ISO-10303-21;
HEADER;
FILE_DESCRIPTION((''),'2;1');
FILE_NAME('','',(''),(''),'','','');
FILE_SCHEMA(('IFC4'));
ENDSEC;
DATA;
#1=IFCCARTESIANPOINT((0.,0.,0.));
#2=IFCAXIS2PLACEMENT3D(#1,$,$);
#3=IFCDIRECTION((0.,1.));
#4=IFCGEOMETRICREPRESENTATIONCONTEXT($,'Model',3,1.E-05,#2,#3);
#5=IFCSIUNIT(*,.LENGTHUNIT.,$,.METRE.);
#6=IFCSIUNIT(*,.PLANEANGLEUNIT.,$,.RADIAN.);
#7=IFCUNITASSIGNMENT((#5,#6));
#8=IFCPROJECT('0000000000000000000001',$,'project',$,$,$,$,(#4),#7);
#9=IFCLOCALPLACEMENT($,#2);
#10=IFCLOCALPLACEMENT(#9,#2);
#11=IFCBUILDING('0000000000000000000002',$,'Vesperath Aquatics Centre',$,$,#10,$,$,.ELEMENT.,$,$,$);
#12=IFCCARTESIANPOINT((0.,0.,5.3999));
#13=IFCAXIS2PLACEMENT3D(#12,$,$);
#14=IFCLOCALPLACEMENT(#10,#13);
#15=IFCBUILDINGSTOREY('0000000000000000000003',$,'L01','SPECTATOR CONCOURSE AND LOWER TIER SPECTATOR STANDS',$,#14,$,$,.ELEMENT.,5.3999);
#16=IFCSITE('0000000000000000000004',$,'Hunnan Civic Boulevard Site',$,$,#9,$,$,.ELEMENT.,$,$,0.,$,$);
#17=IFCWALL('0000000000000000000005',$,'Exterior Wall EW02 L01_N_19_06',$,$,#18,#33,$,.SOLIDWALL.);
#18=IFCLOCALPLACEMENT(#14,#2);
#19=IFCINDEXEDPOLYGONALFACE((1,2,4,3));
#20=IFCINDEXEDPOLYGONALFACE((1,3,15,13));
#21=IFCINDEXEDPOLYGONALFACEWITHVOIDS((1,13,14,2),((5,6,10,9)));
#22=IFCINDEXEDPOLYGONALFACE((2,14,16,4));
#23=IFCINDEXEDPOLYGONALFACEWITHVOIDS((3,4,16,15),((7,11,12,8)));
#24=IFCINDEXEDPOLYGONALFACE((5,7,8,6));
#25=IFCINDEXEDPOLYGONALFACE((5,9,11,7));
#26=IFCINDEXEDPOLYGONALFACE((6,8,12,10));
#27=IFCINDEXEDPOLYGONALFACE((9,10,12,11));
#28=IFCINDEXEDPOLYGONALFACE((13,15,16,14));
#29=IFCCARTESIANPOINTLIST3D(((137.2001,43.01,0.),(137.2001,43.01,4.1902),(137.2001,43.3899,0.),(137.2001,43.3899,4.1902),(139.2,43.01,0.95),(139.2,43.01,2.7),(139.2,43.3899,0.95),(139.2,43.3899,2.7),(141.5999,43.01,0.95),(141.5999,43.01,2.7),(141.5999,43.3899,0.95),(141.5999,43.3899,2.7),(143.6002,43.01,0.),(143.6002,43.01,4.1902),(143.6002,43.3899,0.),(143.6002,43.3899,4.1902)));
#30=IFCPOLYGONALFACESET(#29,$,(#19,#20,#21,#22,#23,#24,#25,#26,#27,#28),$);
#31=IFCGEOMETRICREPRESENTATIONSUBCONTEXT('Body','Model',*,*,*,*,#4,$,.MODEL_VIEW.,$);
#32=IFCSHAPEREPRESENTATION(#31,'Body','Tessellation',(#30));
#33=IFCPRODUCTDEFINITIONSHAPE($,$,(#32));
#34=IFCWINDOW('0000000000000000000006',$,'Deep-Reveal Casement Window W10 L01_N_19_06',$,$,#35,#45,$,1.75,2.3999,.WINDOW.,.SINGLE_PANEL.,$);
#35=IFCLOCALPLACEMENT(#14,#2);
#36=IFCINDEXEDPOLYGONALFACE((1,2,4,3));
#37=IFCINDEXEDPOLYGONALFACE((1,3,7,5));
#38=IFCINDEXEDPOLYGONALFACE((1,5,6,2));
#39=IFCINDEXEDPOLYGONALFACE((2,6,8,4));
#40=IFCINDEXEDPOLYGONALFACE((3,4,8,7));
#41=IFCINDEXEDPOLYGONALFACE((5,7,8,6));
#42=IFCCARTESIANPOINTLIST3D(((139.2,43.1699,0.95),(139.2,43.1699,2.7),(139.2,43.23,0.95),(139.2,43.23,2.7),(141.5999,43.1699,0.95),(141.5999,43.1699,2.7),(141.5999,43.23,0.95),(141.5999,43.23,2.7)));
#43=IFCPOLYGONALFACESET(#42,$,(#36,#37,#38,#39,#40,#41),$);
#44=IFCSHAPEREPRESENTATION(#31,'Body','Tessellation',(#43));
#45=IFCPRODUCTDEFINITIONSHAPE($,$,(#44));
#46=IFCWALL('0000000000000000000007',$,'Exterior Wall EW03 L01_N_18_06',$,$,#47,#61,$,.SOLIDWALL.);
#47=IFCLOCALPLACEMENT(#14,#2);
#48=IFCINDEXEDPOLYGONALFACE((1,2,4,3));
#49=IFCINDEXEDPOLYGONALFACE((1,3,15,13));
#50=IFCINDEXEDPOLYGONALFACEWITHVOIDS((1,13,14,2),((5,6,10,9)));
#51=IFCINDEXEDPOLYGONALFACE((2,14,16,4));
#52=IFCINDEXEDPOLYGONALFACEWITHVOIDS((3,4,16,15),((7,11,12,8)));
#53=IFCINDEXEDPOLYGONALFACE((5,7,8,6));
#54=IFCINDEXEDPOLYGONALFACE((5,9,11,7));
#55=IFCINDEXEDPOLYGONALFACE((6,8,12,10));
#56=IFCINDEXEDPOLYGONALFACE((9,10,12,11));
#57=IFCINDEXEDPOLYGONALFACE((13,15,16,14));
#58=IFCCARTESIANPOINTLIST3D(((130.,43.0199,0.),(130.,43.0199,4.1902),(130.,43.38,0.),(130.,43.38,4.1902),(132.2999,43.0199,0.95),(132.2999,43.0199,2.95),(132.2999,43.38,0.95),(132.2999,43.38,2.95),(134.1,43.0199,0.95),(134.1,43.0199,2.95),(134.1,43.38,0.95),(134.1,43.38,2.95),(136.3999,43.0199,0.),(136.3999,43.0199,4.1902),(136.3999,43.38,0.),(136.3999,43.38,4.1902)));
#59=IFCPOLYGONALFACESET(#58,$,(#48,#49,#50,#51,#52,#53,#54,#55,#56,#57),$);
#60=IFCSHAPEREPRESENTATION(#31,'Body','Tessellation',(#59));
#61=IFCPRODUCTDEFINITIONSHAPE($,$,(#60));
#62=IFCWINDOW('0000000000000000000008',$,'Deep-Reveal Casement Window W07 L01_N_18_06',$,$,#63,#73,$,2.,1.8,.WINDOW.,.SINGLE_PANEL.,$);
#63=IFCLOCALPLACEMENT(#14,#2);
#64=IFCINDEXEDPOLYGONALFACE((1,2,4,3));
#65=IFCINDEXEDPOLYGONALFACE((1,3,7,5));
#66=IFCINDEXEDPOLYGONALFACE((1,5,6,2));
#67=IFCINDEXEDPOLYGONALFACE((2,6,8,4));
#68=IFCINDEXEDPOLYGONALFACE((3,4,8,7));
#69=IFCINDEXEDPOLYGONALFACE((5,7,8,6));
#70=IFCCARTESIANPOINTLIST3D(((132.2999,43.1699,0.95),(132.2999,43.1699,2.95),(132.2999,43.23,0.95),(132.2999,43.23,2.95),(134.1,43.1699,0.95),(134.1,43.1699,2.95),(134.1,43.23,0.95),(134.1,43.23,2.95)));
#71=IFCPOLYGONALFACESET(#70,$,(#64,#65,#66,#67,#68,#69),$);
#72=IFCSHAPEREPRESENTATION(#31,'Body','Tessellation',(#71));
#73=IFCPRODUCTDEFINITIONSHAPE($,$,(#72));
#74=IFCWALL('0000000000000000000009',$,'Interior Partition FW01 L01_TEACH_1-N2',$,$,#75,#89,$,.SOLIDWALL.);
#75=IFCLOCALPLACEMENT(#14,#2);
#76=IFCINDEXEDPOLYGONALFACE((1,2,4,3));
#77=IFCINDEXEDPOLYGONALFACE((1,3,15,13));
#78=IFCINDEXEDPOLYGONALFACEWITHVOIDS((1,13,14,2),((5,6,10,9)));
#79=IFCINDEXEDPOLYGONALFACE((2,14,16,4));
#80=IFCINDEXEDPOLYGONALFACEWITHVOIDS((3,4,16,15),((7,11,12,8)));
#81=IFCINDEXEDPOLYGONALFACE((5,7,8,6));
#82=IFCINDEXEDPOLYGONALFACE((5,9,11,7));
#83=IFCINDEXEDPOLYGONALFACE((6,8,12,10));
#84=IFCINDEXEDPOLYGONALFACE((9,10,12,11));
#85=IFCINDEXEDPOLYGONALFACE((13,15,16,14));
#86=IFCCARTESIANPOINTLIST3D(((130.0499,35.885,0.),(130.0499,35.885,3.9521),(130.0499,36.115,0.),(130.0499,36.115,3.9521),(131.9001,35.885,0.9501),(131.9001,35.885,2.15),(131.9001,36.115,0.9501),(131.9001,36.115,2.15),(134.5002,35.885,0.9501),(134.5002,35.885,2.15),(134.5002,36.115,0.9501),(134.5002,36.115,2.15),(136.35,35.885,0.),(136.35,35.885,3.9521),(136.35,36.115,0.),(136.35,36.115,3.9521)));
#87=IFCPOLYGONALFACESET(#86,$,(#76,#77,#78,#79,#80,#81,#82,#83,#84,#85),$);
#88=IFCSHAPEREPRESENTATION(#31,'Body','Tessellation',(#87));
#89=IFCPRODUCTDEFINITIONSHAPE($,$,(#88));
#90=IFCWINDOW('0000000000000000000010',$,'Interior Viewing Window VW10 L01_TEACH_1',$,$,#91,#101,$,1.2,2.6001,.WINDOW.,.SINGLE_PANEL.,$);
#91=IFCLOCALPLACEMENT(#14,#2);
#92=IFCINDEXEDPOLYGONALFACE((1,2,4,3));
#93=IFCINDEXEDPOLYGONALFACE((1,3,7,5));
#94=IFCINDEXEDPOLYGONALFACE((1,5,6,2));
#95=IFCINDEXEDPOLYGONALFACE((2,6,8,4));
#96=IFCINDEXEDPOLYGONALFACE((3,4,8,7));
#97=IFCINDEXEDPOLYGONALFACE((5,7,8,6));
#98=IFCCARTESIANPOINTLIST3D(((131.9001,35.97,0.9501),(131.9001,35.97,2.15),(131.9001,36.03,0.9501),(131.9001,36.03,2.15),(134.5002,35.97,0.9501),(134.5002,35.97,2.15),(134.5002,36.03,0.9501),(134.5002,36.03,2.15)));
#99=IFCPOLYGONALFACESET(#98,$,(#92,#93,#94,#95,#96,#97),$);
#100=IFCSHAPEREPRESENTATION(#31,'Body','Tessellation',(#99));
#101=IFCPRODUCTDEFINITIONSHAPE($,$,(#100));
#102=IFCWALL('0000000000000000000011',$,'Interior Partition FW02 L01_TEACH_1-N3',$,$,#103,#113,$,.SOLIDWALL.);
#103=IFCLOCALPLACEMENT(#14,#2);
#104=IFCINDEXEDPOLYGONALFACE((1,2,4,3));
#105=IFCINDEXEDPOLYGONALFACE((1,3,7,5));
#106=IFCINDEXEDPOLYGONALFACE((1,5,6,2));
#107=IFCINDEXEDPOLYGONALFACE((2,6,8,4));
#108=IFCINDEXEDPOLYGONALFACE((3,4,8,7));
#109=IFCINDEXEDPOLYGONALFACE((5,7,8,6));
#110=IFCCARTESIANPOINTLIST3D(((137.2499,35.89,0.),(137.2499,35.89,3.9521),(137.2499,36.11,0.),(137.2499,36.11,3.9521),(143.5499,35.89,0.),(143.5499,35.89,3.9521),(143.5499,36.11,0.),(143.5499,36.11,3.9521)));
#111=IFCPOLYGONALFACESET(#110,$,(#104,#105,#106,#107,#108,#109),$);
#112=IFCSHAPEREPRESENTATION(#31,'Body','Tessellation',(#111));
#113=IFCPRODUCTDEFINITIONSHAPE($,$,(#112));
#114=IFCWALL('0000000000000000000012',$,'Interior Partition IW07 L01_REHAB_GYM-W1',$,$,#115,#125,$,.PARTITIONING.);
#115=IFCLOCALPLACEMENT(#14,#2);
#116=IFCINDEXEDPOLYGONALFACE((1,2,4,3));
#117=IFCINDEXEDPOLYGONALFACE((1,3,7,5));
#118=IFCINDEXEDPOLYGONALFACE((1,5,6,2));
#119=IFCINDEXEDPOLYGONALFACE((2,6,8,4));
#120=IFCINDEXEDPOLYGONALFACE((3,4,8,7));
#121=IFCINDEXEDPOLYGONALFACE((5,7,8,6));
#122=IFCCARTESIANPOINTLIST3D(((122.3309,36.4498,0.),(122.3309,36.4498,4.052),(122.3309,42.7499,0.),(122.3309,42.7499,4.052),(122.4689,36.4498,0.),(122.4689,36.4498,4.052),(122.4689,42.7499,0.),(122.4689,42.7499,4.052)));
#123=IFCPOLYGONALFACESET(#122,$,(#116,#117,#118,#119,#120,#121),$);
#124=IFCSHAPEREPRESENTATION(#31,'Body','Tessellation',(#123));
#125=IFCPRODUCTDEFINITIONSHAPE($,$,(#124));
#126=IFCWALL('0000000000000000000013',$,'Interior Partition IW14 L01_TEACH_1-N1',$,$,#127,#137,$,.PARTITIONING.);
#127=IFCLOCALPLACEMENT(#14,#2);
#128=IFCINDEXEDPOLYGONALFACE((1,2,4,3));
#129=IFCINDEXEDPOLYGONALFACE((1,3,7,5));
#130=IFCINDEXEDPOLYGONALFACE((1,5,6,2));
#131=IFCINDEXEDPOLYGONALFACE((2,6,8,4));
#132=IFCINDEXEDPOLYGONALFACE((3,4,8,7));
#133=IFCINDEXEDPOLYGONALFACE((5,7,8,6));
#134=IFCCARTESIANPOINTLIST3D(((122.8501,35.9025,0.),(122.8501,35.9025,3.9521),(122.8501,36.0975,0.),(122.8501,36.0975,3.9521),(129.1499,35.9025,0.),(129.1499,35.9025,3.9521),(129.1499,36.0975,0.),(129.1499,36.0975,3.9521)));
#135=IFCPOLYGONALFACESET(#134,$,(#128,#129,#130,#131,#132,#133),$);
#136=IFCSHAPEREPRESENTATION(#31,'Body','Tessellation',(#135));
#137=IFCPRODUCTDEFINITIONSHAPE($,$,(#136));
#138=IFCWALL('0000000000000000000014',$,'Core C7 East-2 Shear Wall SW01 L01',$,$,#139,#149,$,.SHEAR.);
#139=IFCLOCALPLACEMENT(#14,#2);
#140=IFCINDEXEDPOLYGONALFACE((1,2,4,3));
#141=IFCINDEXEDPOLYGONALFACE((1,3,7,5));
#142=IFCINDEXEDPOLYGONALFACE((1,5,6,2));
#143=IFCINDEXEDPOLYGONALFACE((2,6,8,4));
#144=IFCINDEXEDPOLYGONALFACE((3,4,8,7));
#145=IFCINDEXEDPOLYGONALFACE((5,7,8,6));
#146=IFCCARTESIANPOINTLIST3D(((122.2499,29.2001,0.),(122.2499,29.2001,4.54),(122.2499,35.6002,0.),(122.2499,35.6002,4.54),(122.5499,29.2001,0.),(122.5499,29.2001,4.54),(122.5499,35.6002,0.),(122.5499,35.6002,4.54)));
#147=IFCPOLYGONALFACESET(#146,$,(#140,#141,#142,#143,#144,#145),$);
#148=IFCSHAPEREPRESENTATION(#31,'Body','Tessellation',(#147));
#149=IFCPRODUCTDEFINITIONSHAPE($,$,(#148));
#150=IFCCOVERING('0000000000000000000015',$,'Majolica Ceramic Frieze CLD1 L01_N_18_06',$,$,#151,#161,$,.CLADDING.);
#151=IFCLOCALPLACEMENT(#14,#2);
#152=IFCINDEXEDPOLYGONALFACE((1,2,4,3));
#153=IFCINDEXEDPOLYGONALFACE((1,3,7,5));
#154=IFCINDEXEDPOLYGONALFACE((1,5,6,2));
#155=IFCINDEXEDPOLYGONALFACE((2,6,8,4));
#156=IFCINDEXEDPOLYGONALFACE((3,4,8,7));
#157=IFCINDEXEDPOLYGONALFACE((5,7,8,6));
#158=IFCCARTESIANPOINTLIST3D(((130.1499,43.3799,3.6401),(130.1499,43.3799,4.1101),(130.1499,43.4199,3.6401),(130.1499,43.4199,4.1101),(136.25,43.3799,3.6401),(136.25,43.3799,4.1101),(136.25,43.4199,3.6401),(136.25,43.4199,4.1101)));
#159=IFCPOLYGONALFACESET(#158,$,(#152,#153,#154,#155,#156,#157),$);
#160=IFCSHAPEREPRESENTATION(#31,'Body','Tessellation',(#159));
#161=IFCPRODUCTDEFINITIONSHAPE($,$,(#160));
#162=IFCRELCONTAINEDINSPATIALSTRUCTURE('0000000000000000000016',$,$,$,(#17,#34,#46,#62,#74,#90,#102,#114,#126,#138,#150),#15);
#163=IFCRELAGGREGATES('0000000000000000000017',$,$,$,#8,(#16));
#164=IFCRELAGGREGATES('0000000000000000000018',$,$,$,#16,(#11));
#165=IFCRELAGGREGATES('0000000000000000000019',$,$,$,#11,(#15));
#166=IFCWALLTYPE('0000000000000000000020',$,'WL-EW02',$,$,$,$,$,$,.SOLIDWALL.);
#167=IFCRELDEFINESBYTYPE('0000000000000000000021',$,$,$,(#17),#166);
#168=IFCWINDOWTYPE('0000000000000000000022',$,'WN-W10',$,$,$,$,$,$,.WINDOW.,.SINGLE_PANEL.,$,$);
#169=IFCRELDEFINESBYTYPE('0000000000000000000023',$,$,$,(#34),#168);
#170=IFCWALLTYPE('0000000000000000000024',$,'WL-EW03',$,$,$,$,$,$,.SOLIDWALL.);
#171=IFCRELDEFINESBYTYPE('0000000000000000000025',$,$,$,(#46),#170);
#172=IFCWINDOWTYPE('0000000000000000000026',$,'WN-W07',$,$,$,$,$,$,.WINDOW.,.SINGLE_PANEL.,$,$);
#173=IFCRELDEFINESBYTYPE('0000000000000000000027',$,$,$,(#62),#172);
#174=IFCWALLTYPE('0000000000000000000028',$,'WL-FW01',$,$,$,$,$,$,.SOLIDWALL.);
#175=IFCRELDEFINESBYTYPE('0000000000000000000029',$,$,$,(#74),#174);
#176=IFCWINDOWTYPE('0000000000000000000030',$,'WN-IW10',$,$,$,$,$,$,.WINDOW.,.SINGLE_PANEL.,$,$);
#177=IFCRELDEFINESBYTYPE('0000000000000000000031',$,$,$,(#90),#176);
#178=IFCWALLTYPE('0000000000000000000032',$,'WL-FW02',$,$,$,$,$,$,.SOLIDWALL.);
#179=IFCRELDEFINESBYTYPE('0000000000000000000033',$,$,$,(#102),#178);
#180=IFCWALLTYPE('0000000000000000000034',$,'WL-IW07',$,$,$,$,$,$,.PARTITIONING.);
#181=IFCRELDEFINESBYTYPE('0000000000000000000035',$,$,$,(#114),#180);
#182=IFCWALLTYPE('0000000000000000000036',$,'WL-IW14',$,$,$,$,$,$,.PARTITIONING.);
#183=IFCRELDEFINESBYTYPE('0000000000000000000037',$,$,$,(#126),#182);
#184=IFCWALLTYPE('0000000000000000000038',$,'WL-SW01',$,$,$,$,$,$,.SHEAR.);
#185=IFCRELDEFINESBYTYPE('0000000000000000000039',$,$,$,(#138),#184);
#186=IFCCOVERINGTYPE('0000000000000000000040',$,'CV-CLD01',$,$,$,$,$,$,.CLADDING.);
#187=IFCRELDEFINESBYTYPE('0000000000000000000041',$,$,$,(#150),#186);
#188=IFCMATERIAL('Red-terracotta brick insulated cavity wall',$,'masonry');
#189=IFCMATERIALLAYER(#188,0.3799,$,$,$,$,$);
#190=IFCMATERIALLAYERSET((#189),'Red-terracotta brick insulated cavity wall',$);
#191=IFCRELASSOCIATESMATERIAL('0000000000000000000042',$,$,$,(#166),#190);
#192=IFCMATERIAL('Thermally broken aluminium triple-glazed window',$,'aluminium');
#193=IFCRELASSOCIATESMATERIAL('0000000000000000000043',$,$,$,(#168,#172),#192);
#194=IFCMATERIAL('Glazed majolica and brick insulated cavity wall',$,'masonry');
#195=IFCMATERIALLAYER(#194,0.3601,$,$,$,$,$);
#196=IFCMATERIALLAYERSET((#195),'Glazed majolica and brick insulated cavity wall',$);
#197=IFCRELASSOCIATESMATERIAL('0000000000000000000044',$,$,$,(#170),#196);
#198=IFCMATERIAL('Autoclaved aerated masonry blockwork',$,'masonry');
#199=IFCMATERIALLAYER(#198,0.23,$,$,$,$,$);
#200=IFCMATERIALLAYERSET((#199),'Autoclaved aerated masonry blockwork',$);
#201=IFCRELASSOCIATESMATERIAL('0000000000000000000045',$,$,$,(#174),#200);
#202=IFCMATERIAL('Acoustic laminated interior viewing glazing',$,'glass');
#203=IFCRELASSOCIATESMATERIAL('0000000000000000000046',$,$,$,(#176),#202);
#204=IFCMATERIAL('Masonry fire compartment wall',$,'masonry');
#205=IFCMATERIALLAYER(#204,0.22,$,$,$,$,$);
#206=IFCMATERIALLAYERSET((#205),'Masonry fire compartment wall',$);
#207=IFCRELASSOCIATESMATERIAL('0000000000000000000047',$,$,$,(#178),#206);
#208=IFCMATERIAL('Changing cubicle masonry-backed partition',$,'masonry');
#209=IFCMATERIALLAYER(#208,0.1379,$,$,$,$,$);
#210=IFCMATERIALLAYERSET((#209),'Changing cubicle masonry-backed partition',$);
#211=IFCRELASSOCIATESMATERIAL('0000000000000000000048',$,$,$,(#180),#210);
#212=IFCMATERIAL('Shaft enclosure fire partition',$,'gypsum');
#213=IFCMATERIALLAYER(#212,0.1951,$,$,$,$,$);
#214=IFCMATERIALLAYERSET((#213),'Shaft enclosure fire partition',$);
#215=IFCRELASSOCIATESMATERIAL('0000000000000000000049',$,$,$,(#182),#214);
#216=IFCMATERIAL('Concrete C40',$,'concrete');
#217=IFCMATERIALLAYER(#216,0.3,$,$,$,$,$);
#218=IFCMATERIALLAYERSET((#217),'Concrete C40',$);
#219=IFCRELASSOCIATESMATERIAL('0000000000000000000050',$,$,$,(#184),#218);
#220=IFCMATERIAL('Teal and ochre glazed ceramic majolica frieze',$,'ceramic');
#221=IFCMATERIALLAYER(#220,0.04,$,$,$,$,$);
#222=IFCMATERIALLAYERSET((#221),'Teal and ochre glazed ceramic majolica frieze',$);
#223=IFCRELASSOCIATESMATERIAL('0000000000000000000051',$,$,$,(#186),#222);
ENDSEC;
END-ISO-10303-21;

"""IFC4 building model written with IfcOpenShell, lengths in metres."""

from ifc_helpers import new_model, si_unit, direction, frame, frame_2d, origin, place, context, subcontext, project, spatial, rectangle, extrude, material, layer, layer_set, type_object, element, fill, save


model = new_model("IFC4")

# Units and contexts
model_context = context("Model", 3, precision=1e-05, world=origin(), true_north=direction((0.0, 1.0)))
body_context = subcontext(model_context, "Body", "Model", "MODEL_VIEW")
ifc_project = project(units=[si_unit("LENGTHUNIT", "METRE"), si_unit("PLANEANGLEUNIT", "RADIAN")], contexts=[model_context])

# Site, building, storey
site_placement = place(None, origin())
site = spatial("IfcSite", under=ifc_project, at=site_placement, Name="Hunnan Civic Boulevard Site", CompositionType="ELEMENT", RefElevation=0.0)
building_placement = place(site_placement, origin())
building = spatial("IfcBuilding", under=site, at=building_placement, Name="Vesperath Aquatics Centre", CompositionType="ELEMENT")
storey_placement = place(building_placement, frame((0.0, 0.0, 5.3999)))
storey = spatial("IfcBuildingStorey", under=building, at=storey_placement, Name="L01", Description="SPECTATOR CONCOURSE AND LOWER TIER SPECTATOR STANDS", CompositionType="ELEMENT", Elevation=5.3999)

# Shared definitions
ifc_material_1 = material(Name="Concrete C40", Category="concrete")

# Walls, openings, windows
ifc_material_2 = material(Name="Red-terracotta brick insulated cavity wall", Category="masonry")
ifc_layer_1 = layer(ifc_material_2, 0.3799)
ifc_layer_set_1 = layer_set([ifc_layer_1], Name="Red-terracotta brick insulated cavity wall")
wall_type_1 = type_object("IfcWallType", Name="WL-EW02", PredefinedType="SOLIDWALL", material=ifc_layer_set_1)
ifc_material_3 = material(Name="Thermally broken aluminium triple-glazed window", Category="aluminium")
wall_1_placement = place(storey_placement, frame((137.2, 43.2, 0.0), z_axis=(0.0, 0.0, 1.0), x_axis=(1.0, 0.0, 0.0)))
wall_1 = element("IfcWall", 1, at=wall_1_placement, inside=storey, type_object=wall_type_1, Name="Exterior Wall EW02 L01_N_19_06", PredefinedType="SOLIDWALL", context=body_context, shape_type="SweptSolid", body=[
    extrude(rectangle(XDim=6.4001, YDim=0.3799, at=frame_2d((3.2002, 0.0))), origin(), (0.0, 0.0, 1.0), 4.1902),
])
opening_1_placement = place(wall_1_placement, frame((2.0, 0.0, 0.95)))
opening_1 = element("IfcOpeningElement", 2, at=opening_1_placement, cuts=wall_1, PredefinedType="OPENING", context=body_context, shape_type="SweptSolid", body=[
    extrude(rectangle(XDim=2.3999, YDim=1.75, at=frame_2d((1.2, 0.875))), frame((0.0, 0.2048, 0.0), z_axis=(0.0, -1.0, 0.0), x_axis=(1.0, 0.0, 0.0)), (0.0, 0.0, 1.0), 0.4097),
])
window_type_1 = type_object("IfcWindowType", Name="WN-W10", PartitioningType="SINGLE_PANEL", PredefinedType="WINDOW", material=ifc_material_3)
window_1_placement = place(opening_1_placement, origin())
window_1 = element("IfcWindow", 3, at=window_1_placement, inside=storey, type_object=window_type_1, Name="Deep-Reveal Casement Window W10 L01_N_19_06", OverallHeight=1.75, OverallWidth=2.3999, PartitioningType="SINGLE_PANEL", PredefinedType="WINDOW", context=body_context, shape_type="SweptSolid", body=[
    extrude(rectangle(XDim=2.3999, YDim=1.75, at=frame_2d((1.2, 0.875))), frame((0.0, 0.03, 0.0), z_axis=(0.0, -1.0, 0.0), x_axis=(1.0, 0.0, 0.0)), (0.0, 0.0, 1.0), 0.0601),
])
fill(opening_1, window_1)
ifc_material_4 = material(Name="Glazed majolica and brick insulated cavity wall", Category="masonry")
ifc_layer_2 = layer(ifc_material_4, 0.3601)
ifc_layer_set_2 = layer_set([ifc_layer_2], Name="Glazed majolica and brick insulated cavity wall")
wall_type_2 = type_object("IfcWallType", Name="WL-EW03", PredefinedType="SOLIDWALL", material=ifc_layer_set_2)
wall_2_placement = place(storey_placement, frame((130.0, 43.2, 0.0), z_axis=(0.0, 0.0, 1.0), x_axis=(1.0, 0.0, 0.0)))
wall_2 = element("IfcWall", 4, at=wall_2_placement, inside=storey, type_object=wall_type_2, Name="Exterior Wall EW03 L01_N_18_06", PredefinedType="SOLIDWALL", context=body_context, shape_type="SweptSolid", body=[
    extrude(rectangle(XDim=6.3999, YDim=0.3601, at=frame_2d((3.2, 0.0))), origin(), (0.0, 0.0, 1.0), 4.1902),
])
opening_2_placement = place(wall_2_placement, frame((2.3, 0.0, 0.95)))
opening_2 = element("IfcOpeningElement", 5, at=opening_2_placement, cuts=wall_2, PredefinedType="OPENING", context=body_context, shape_type="SweptSolid", body=[
    extrude(rectangle(XDim=1.8, YDim=2.0, at=frame_2d((0.8999, 1.0))), frame((0.0, 0.1948, 0.0), z_axis=(0.0, -1.0, 0.0), x_axis=(1.0, 0.0, 0.0)), (0.0, 0.0, 1.0), 0.3899),
])
window_type_2 = type_object("IfcWindowType", Name="WN-W07", PartitioningType="SINGLE_PANEL", PredefinedType="WINDOW", material=ifc_material_3)
window_2_placement = place(opening_2_placement, origin())
window_2 = element("IfcWindow", 6, at=window_2_placement, inside=storey, type_object=window_type_2, Name="Deep-Reveal Casement Window W07 L01_N_18_06", OverallHeight=2.0, OverallWidth=1.8, PartitioningType="SINGLE_PANEL", PredefinedType="WINDOW", context=body_context, shape_type="SweptSolid", body=[
    extrude(rectangle(XDim=1.8, YDim=2.0, at=frame_2d((0.8999, 1.0))), frame((0.0, 0.03, 0.0), z_axis=(0.0, -1.0, 0.0), x_axis=(1.0, 0.0, 0.0)), (0.0, 0.0, 1.0), 0.0601),
])
fill(opening_2, window_2)
ifc_material_5 = material(Name="Autoclaved aerated masonry blockwork", Category="masonry")
ifc_layer_3 = layer(ifc_material_5, 0.23)
ifc_layer_set_3 = layer_set([ifc_layer_3], Name="Autoclaved aerated masonry blockwork")
wall_type_3 = type_object("IfcWallType", Name="WL-FW01", PredefinedType="SOLIDWALL", material=ifc_layer_set_3)
wall_3_placement = place(storey_placement, frame((130.05, 36.0, 0.0), z_axis=(0.0, 0.0, 1.0), x_axis=(1.0, 0.0, 0.0)))
wall_3 = element("IfcWall", 7, at=wall_3_placement, inside=storey, type_object=wall_type_3, Name="Interior Partition FW01 L01_TEACH_1-N2", PredefinedType="SOLIDWALL", context=body_context, shape_type="SweptSolid", body=[
    extrude(rectangle(XDim=6.3, YDim=0.23, at=frame_2d((3.1499, 0.0))), origin(), (0.0, 0.0, 1.0), 3.9521),
])
opening_3_placement = place(wall_3_placement, frame((1.8501, 0.0, 0.95)))
opening_3 = element("IfcOpeningElement", 8, at=opening_3_placement, cuts=wall_3, PredefinedType="OPENING", context=body_context, shape_type="SweptSolid", body=[
    extrude(rectangle(XDim=2.6001, YDim=1.2, at=frame_2d((1.3, 0.6001))), frame((0.0, 0.1299, 0.0), z_axis=(0.0, -1.0, 0.0), x_axis=(1.0, 0.0, 0.0)), (0.0, 0.0, 1.0), 0.2598),
])
ifc_material_6 = material(Name="Acoustic laminated interior viewing glazing", Category="glass")
window_type_3 = type_object("IfcWindowType", Name="WN-IW10", PartitioningType="SINGLE_PANEL", PredefinedType="WINDOW", material=ifc_material_6)
window_3_placement = place(opening_3_placement, origin())
window_3 = element("IfcWindow", 9, at=window_3_placement, inside=storey, type_object=window_type_3, Name="Interior Viewing Window VW10 L01_TEACH_1", OverallHeight=1.2, OverallWidth=2.6001, PartitioningType="SINGLE_PANEL", PredefinedType="WINDOW", context=body_context, shape_type="SweptSolid", body=[
    extrude(rectangle(XDim=2.6001, YDim=1.2, at=frame_2d((1.3, 0.6001))), frame((0.0, 0.03, 0.0), z_axis=(0.0, -1.0, 0.0), x_axis=(1.0, 0.0, 0.0)), (0.0, 0.0, 1.0), 0.0601),
])
fill(opening_3, window_3)

# Walls
ifc_material_7 = material(Name="Masonry fire compartment wall", Category="masonry")
ifc_layer_4 = layer(ifc_material_7, 0.22)
ifc_layer_set_4 = layer_set([ifc_layer_4], Name="Masonry fire compartment wall")
wall_type_4 = type_object("IfcWallType", Name="WL-FW02", PredefinedType="SOLIDWALL", material=ifc_layer_set_4)
wall_4_placement = place(storey_placement, frame((137.25, 36.0, 0.0), z_axis=(0.0, 0.0, 1.0), x_axis=(1.0, 0.0, 0.0)))
element("IfcWall", 10, at=wall_4_placement, inside=storey, type_object=wall_type_4, Name="Interior Partition FW02 L01_TEACH_1-N3", PredefinedType="SOLIDWALL", context=body_context, shape_type="SweptSolid", body=[
    extrude(rectangle(XDim=6.3, YDim=0.22, at=frame_2d((3.1499, 0.0))), origin(), (0.0, 0.0, 1.0), 3.9521),
])
ifc_material_8 = material(Name="Changing cubicle masonry-backed partition", Category="masonry")
ifc_layer_5 = layer(ifc_material_8, 0.1379)
ifc_layer_set_5 = layer_set([ifc_layer_5], Name="Changing cubicle masonry-backed partition")
wall_type_5 = type_object("IfcWallType", Name="WL-IW07", PredefinedType="PARTITIONING", material=ifc_layer_set_5)
wall_5_placement = place(storey_placement, frame((122.3999, 36.45, 0.0), z_axis=(0.0, 0.0, 1.0), x_axis=(0.0, 1.0, 0.0)))
element("IfcWall", 11, at=wall_5_placement, inside=storey, type_object=wall_type_5, Name="Interior Partition IW07 L01_REHAB_GYM-W1", PredefinedType="PARTITIONING", context=body_context, shape_type="SweptSolid", body=[
    extrude(rectangle(XDim=6.3, YDim=0.1379, at=frame_2d((3.1499, 0.0))), origin(), (0.0, 0.0, 1.0), 4.052),
])
ifc_material_9 = material(Name="Shaft enclosure fire partition", Category="gypsum")
ifc_layer_6 = layer(ifc_material_9, 0.1951)
ifc_layer_set_6 = layer_set([ifc_layer_6], Name="Shaft enclosure fire partition")
wall_type_6 = type_object("IfcWallType", Name="WL-IW14", PredefinedType="PARTITIONING", material=ifc_layer_set_6)
wall_6_placement = place(storey_placement, frame((122.8501, 36.0, 0.0), z_axis=(0.0, 0.0, 1.0), x_axis=(1.0, 0.0, 0.0)))
element("IfcWall", 12, at=wall_6_placement, inside=storey, type_object=wall_type_6, Name="Interior Partition IW14 L01_TEACH_1-N1", PredefinedType="PARTITIONING", context=body_context, shape_type="SweptSolid", body=[
    extrude(rectangle(XDim=6.2998, YDim=0.1951, at=frame_2d((3.1499, 0.0))), origin(), (0.0, 0.0, 1.0), 3.9521),
])
ifc_layer_7 = layer(ifc_material_1, 0.3)
ifc_layer_set_7 = layer_set([ifc_layer_7], Name="Concrete C40")
wall_type_7 = type_object("IfcWallType", Name="WL-SW01", PredefinedType="SHEAR", material=ifc_layer_set_7)
wall_7_placement = place(storey_placement, frame((122.3999, 29.2, 0.0), z_axis=(0.0, 0.0, 1.0), x_axis=(0.0, 1.0, 0.0)))
element("IfcWall", 13, at=wall_7_placement, inside=storey, type_object=wall_type_7, Name="Core C7 East-2 Shear Wall SW01 L01", PredefinedType="SHEAR", context=body_context, shape_type="SweptSolid", body=[
    extrude(rectangle(XDim=6.4001, YDim=0.3, at=frame_2d((3.2002, 0.0))), origin(), (0.0, 0.0, 1.0), 4.54),
])

# Covering
ifc_material_10 = material(Name="Teal and ochre glazed ceramic majolica frieze", Category="ceramic")
ifc_layer_8 = layer(ifc_material_10, 0.04)
ifc_layer_set_8 = layer_set([ifc_layer_8], Name="Teal and ochre glazed ceramic majolica frieze")
covering_type = type_object("IfcCoveringType", Name="CV-CLD01", PredefinedType="CLADDING", material=ifc_layer_set_8)
covering_placement = place(storey_placement, frame((130.1499, 43.3999, 3.6401), z_axis=(0.0, 0.0, 1.0), x_axis=(1.0, 0.0, 0.0)))
element("IfcCovering", 14, at=covering_placement, inside=storey, type_object=covering_type, Name="Majolica Ceramic Frieze CLD1 L01_N_18_06", PredefinedType="CLADDING", context=body_context, shape_type="SweptSolid", body=[
    extrude(rectangle(XDim=6.1001, YDim=0.04, at=frame_2d((3.05, 0.0))), origin(), (0.0, 0.0, 1.0), 0.47),
])

save(model, "model.ifc")
